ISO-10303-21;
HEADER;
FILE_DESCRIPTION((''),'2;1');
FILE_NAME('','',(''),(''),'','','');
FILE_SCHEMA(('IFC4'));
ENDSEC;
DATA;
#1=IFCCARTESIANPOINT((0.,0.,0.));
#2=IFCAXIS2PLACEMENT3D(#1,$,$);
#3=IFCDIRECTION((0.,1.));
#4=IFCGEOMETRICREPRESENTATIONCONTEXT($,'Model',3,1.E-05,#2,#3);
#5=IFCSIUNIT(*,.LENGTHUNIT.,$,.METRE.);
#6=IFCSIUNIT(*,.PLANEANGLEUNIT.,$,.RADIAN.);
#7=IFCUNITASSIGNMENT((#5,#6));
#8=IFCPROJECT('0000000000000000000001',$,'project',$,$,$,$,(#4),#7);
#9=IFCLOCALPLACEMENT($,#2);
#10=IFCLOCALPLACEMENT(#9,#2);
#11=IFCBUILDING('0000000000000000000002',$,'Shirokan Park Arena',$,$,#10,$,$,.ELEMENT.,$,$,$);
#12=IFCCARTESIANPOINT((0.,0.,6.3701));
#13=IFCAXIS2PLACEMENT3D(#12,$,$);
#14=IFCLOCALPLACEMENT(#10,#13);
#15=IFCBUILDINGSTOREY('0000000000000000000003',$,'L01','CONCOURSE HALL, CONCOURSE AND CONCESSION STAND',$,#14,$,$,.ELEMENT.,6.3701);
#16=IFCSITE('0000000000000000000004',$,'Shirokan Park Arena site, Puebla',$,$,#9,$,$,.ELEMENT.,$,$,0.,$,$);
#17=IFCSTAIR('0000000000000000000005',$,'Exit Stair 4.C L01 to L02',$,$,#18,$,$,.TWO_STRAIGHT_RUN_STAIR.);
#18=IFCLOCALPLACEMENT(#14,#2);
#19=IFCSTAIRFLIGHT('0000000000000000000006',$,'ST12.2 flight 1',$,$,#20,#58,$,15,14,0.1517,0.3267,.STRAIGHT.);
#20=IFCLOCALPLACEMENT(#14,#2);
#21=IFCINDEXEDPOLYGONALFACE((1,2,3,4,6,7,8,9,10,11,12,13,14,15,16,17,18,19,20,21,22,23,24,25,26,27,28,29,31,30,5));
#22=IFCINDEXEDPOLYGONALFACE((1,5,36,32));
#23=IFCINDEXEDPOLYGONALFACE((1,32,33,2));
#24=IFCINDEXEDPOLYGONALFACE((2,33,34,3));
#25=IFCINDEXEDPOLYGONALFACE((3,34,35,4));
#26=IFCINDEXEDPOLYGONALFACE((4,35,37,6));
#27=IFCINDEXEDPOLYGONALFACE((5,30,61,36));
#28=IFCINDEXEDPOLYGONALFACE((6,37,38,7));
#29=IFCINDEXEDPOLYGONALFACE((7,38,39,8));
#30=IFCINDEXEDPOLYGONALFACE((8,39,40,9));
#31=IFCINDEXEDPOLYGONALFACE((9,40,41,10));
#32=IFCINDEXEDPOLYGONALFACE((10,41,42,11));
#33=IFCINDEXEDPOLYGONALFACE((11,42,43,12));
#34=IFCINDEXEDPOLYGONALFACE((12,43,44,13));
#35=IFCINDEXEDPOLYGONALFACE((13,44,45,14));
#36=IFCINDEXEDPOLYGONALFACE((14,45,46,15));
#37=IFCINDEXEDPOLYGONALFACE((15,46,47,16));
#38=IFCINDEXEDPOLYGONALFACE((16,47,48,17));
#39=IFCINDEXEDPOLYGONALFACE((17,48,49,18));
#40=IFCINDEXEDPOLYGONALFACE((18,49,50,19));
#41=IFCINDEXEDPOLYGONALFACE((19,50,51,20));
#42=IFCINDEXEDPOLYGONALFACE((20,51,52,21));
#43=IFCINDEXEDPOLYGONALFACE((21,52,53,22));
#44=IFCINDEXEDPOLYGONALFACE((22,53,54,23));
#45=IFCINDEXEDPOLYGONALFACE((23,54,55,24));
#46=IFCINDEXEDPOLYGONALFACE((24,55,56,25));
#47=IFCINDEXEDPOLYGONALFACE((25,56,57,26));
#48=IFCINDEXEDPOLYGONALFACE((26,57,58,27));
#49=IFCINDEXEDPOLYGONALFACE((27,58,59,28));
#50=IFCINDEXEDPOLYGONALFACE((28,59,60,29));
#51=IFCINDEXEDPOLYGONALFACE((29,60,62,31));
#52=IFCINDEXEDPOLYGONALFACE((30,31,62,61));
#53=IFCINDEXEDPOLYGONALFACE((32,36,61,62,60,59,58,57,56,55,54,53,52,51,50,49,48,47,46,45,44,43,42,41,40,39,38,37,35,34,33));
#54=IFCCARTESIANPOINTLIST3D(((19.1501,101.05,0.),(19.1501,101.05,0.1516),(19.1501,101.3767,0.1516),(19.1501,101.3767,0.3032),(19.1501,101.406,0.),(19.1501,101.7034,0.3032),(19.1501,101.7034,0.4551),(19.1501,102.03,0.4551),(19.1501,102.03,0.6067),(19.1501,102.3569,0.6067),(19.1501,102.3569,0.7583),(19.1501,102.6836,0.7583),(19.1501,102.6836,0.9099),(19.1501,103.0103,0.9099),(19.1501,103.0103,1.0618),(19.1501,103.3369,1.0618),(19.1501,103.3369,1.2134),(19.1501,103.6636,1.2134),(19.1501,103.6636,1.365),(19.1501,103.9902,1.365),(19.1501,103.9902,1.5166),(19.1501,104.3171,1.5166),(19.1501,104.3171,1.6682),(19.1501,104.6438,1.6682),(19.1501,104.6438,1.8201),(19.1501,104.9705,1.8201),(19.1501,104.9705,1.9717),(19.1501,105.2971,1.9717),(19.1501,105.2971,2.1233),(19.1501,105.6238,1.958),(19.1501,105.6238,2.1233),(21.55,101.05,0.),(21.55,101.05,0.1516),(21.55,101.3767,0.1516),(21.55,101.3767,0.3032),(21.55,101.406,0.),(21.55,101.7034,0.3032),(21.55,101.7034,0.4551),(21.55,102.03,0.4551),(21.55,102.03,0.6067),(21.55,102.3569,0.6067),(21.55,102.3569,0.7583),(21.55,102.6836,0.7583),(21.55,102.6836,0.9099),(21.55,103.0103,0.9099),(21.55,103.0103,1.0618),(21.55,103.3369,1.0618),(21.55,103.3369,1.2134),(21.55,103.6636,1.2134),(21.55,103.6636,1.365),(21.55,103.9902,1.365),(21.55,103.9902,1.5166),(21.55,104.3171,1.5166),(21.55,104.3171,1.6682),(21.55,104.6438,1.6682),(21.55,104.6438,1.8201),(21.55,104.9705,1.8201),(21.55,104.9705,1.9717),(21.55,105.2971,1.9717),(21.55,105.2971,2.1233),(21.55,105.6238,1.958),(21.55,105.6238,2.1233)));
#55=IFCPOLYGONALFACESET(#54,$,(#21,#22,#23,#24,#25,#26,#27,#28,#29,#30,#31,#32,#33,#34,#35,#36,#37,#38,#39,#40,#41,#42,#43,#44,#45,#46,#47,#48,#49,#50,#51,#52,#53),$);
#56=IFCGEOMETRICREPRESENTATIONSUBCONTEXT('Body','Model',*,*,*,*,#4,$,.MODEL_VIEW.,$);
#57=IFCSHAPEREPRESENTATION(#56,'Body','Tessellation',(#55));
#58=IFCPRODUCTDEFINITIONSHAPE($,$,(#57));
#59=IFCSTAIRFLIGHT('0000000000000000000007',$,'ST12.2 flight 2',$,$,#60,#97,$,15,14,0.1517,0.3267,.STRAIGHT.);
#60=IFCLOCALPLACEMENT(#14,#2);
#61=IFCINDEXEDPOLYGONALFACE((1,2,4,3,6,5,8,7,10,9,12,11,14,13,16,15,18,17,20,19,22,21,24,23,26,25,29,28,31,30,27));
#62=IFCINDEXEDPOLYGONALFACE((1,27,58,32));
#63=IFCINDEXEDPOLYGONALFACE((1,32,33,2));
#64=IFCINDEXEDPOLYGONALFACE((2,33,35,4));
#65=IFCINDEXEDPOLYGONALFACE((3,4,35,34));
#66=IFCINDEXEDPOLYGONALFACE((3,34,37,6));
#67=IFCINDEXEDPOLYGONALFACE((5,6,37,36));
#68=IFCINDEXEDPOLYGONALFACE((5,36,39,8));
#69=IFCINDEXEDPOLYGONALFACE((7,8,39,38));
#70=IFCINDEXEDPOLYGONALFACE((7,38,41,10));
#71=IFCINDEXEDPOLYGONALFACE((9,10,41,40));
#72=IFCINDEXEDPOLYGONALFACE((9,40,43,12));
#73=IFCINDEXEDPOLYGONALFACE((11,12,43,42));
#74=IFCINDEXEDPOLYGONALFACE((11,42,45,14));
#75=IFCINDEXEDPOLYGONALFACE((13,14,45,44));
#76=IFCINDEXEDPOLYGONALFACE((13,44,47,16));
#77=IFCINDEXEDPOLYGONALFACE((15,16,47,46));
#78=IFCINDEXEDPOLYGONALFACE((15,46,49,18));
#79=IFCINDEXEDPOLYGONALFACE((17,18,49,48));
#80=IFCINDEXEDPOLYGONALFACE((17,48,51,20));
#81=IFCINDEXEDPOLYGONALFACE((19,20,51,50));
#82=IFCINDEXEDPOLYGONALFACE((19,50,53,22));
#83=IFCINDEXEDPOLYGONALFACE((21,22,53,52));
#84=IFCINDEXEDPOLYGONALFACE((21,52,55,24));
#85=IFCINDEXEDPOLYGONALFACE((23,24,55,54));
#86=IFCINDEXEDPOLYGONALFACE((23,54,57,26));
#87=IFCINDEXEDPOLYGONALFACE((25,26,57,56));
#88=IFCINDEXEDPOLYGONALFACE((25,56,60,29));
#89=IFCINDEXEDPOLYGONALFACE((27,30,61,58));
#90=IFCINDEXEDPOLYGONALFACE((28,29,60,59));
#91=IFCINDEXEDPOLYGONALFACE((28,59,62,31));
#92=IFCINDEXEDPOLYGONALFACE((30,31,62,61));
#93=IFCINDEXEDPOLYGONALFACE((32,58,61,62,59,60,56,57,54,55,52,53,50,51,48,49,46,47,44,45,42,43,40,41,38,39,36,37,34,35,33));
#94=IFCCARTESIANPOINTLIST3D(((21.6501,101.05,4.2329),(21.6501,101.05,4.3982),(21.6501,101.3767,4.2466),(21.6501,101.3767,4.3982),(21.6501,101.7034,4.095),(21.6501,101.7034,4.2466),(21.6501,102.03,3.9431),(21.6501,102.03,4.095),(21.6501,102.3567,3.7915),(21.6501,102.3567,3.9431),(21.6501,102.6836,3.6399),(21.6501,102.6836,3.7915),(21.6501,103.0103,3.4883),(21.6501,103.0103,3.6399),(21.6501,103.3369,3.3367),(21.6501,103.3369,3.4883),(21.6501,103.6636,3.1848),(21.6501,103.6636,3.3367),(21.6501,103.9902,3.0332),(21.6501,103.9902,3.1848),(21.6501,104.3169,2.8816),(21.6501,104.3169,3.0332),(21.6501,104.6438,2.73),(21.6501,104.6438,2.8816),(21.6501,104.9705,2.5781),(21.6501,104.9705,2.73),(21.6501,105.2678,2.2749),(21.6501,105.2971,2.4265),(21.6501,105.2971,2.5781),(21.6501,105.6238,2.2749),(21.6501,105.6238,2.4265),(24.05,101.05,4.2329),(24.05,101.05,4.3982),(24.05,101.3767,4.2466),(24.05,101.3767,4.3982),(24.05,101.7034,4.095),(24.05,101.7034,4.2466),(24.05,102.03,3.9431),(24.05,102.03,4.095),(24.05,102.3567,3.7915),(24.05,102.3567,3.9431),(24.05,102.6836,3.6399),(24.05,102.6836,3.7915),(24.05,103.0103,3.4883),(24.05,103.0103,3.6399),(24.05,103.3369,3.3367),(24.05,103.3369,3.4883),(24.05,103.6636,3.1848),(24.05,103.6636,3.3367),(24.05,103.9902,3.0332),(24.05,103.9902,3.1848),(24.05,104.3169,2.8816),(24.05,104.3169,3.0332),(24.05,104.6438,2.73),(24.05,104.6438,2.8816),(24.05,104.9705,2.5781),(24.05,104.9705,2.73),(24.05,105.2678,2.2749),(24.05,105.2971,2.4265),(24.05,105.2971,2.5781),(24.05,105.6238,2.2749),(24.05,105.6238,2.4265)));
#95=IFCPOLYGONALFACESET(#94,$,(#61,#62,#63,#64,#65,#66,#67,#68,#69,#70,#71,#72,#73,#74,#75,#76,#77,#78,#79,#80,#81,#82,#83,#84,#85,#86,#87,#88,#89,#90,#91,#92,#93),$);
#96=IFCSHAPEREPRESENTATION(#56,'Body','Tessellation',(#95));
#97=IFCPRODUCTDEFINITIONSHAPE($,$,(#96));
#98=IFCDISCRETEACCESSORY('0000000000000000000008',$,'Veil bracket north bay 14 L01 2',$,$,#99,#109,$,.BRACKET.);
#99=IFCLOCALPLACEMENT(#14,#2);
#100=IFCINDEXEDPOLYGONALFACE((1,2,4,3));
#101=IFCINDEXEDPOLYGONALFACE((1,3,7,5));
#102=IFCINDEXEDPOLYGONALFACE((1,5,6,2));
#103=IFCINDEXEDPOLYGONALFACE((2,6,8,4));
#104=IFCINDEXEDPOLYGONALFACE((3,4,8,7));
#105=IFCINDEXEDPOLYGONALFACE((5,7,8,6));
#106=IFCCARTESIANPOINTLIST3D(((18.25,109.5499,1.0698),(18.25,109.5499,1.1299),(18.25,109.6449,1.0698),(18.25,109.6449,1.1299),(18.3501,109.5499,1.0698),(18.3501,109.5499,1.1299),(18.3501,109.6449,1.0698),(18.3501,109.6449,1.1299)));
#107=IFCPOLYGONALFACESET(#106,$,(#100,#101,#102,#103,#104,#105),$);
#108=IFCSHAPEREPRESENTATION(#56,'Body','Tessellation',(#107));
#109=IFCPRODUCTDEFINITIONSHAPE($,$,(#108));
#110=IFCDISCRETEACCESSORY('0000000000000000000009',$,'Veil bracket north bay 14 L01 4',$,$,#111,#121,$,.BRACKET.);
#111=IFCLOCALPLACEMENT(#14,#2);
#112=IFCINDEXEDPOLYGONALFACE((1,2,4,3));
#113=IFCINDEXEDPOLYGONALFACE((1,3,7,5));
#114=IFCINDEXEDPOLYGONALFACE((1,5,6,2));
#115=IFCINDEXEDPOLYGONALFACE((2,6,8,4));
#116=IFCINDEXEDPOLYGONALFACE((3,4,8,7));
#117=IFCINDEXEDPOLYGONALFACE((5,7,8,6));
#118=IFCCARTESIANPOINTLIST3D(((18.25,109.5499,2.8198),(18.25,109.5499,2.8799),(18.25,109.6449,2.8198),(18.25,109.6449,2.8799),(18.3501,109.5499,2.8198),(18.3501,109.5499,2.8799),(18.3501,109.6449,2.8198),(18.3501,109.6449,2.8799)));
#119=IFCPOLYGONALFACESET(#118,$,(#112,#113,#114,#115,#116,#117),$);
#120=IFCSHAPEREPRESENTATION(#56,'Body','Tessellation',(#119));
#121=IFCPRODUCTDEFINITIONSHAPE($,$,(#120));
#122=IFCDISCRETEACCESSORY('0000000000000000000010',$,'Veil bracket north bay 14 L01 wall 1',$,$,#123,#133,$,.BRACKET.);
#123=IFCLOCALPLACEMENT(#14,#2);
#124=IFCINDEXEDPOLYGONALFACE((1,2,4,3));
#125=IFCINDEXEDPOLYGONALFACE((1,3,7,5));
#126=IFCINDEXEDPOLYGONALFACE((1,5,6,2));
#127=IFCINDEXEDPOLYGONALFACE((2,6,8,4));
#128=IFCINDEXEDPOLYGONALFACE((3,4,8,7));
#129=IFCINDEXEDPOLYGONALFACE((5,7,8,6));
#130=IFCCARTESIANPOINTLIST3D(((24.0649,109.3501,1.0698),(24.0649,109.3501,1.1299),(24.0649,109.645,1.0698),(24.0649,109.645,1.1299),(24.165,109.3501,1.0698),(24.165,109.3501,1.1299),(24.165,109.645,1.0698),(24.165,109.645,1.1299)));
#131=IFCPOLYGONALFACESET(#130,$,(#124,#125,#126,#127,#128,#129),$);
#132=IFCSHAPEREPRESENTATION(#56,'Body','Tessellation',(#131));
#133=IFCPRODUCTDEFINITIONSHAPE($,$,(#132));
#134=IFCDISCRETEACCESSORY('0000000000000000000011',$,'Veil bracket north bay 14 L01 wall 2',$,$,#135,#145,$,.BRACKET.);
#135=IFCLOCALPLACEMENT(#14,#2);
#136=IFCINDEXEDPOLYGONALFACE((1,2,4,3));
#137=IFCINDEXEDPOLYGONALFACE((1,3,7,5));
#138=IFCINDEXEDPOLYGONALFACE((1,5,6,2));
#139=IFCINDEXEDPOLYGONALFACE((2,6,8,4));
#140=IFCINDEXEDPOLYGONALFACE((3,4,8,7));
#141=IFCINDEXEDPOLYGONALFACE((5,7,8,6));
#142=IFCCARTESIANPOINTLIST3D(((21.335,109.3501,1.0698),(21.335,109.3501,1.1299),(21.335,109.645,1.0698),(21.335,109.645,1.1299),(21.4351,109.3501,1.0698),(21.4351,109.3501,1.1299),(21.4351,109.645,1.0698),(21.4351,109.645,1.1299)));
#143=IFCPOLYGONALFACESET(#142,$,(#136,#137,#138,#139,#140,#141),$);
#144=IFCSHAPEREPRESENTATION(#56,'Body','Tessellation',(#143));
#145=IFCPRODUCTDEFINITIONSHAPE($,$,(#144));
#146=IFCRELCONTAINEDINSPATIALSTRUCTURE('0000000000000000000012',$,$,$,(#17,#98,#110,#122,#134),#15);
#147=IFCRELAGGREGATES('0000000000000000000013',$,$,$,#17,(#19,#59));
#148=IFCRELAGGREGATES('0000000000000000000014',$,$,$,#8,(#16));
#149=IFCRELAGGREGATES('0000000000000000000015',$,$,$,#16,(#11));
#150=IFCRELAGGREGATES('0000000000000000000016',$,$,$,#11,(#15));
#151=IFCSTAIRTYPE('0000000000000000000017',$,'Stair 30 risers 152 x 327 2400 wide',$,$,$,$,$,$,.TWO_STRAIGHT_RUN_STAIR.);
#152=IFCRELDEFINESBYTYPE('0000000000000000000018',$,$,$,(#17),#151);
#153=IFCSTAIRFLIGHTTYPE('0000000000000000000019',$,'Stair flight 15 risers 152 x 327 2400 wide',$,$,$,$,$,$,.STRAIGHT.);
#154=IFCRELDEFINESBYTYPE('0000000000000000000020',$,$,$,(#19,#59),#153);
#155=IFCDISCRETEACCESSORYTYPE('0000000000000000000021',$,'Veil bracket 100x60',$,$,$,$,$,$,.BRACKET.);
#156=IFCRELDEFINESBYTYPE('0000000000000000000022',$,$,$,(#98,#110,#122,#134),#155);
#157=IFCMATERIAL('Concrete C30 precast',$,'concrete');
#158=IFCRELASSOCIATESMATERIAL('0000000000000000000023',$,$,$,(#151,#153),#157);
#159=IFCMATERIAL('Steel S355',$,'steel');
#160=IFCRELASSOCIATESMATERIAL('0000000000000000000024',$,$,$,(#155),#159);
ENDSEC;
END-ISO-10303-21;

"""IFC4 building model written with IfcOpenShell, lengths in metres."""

from ifc_helpers import new_model, si_unit, direction, frame, origin, origin_2d, place, context, subcontext, project, spatial, polyline, rectangle, outline, extrude, material, type_object, element, aggregate, save


model = new_model("IFC4")

# Units and contexts
model_context = context("Model", 3, precision=1e-05, world=origin(), true_north=direction((0.0, 1.0)))
body_context = subcontext(model_context, "Body", "Model", "MODEL_VIEW")
ifc_project = project(units=[si_unit("LENGTHUNIT", "METRE"), si_unit("PLANEANGLEUNIT", "RADIAN")], contexts=[model_context])

# Site, building, storey
site_placement = place(None, origin())
site = spatial("IfcSite", under=ifc_project, at=site_placement, Name="Shirokan Park Arena site, Puebla", CompositionType="ELEMENT", RefElevation=0.0)
building_placement = place(site_placement, origin())
building = spatial("IfcBuilding", under=site, at=building_placement, Name="Shirokan Park Arena", CompositionType="ELEMENT")
storey_placement = place(building_placement, frame((0.0, 0.0, 6.3701)))
storey = spatial("IfcBuildingStorey", under=building, at=storey_placement, Name="L01", Description="CONCOURSE HALL, CONCOURSE AND CONCESSION STAND", CompositionType="ELEMENT", Elevation=6.3701)

# Stair, stair flights
ifc_material_1 = material(Name="Concrete C30 precast", Category="concrete")
stair_type = type_object("IfcStairType", Name="Stair 30 risers 152 x 327 2400 wide", PredefinedType="TWO_STRAIGHT_RUN_STAIR", material=ifc_material_1)
stair_placement = place(storey_placement, origin())
stair = element("IfcStair", 1, at=stair_placement, inside=storey, type_object=stair_type, Name="Exit Stair 4.C L01 to L02", PredefinedType="TWO_STRAIGHT_RUN_STAIR")
stair_flight_type = type_object("IfcStairFlightType", Name="Stair flight 15 risers 152 x 327 2400 wide", PredefinedType="STRAIGHT", material=ifc_material_1)
stair_flight_1_placement = place(storey_placement, frame((20.3501, 101.05, 0.0), z_axis=(0.0, 0.0, 1.0), x_axis=(0.0, 1.0, 0.0)))
stair_flight_1 = element("IfcStairFlight", 2, at=stair_flight_1_placement, type_object=stair_flight_type, Name="ST12.2 flight 1", NumberOfRisers=15, NumberOfTreads=14, PredefinedType="STRAIGHT", RiserHeight=0.1517, TreadLength=0.3267, context=body_context, shape_type="SweptSolid", body=[
    extrude(outline(polyline([(0.0, 0.0), (0.0, 0.1516), (0.3267, 0.1516), (0.3267, 0.3032), (0.6533, 0.3032), (0.6533, 0.4551), (0.98, 0.4551), (0.98, 0.6067), (1.3069, 0.6067), (1.3069, 0.7583), (1.6335, 0.7583), (1.6335, 0.9099), (1.9602, 0.9099), (1.9602, 1.0618), (2.2869, 1.0618), (2.2869, 1.2134), (2.6135, 1.2134), (2.6135, 1.365), (2.9402, 1.365), (2.9402, 1.5166), (3.2671, 1.5166), (3.2671, 1.6682), (3.5938, 1.6682), (3.5938, 1.8201), (3.9204, 1.8201), (3.9204, 1.9717), (4.2471, 1.9717), (4.2471, 2.1233), (4.5737, 2.1233), (4.5737, 2.2749), (4.5737, 1.958), (0.356, 0.0), (0.0, 0.0)])), frame((0.0, 1.2, 0.0), z_axis=(0.0, -1.0, 0.0), x_axis=(1.0, 0.0, 0.0)), (0.0, 0.0, 1.0), 2.3999),
])
stair_flight_2_placement = place(storey_placement, frame((22.8501, 105.6238, 2.2749), z_axis=(0.0, 0.0, 1.0), x_axis=(0.0, -1.0, 0.0)))
stair_flight_2 = element("IfcStairFlight", 3, at=stair_flight_2_placement, type_object=stair_flight_type, Name="ST12.2 flight 2", NumberOfRisers=15, NumberOfTreads=14, PredefinedType="STRAIGHT", RiserHeight=0.1517, TreadLength=0.3267, context=body_context, shape_type="SweptSolid", body=[
    extrude(outline(polyline([(0.0, 0.0), (0.0, 0.1516), (0.3267, 0.1516), (0.3267, 0.3032), (0.6533, 0.3032), (0.6533, 0.4551), (0.98, 0.4551), (0.98, 0.6067), (1.3069, 0.6067), (1.3069, 0.7583), (1.6335, 0.7583), (1.6335, 0.9099), (1.9602, 0.9099), (1.9602, 1.0618), (2.2869, 1.0618), (2.2869, 1.2134), (2.6135, 1.2134), (2.6135, 1.365), (2.9402, 1.365), (2.9402, 1.5166), (3.2671, 1.5166), (3.2671, 1.6682), (3.5938, 1.6682), (3.5938, 1.8201), (3.9204, 1.8201), (3.9204, 1.9717), (4.2471, 1.9717), (4.2471, 2.1233), (4.5737, 2.1233), (4.5737, 2.2749), (4.5737, 1.958), (0.356, 0.0), (0.0, 0.0)])), frame((0.0, 1.2, 0.0), z_axis=(0.0, -1.0, 0.0), x_axis=(1.0, 0.0, 0.0)), (0.0, 0.0, 1.0), 2.3999),
])
aggregate(stair, [stair_flight_1, stair_flight_2])

# Discrete accessories
ifc_material_2 = material(Name="Steel S355", Category="steel")
discrete_accessory_type = type_object("IfcDiscreteAccessoryType", Name="Veil bracket 100x60", PredefinedType="BRACKET", material=ifc_material_2)
for number, where, z_axis, x_axis, name in (
    (4, (18.3, 109.5974, 1.0698), (0.0, 0.0, 1.0), (-1.0, 0.0, 0.0), "Veil bracket north bay 14 L01 2"),
    (5, (18.3, 109.5974, 2.8198), (0.0, 0.0, 1.0), (-1.0, 0.0, 0.0), "Veil bracket north bay 14 L01 4"),
):
    element("IfcDiscreteAccessory", number, at=place(storey_placement, frame(where, z_axis=z_axis, x_axis=x_axis)), inside=storey, type_object=discrete_accessory_type, Name=name, PredefinedType="BRACKET", context=body_context, shape_type="SweptSolid", body=[
        extrude(rectangle(XDim=0.1001, YDim=0.095, at=origin_2d()), origin(), (0.0, 0.0, 1.0), 0.0601),
    ])
for number, where, z_axis, x_axis, name in (
    (6, (24.115, 109.4976, 1.0698), (0.0, 0.0, 1.0), (-1.0, 0.0, 0.0), "Veil bracket north bay 14 L01 wall 1"),
    (7, (21.385, 109.4976, 1.0698), (0.0, 0.0, 1.0), (-1.0, 0.0, 0.0), "Veil bracket north bay 14 L01 wall 2"),
):
    element("IfcDiscreteAccessory", number, at=place(storey_placement, frame(where, z_axis=z_axis, x_axis=x_axis)), inside=storey, type_object=discrete_accessory_type, Name=name, PredefinedType="BRACKET", context=body_context, shape_type="SweptSolid", body=[
        extrude(rectangle(XDim=0.1001, YDim=0.2949, at=origin_2d()), origin(), (0.0, 0.0, 1.0), 0.0601),
    ])

save(model, "model.ifc")
